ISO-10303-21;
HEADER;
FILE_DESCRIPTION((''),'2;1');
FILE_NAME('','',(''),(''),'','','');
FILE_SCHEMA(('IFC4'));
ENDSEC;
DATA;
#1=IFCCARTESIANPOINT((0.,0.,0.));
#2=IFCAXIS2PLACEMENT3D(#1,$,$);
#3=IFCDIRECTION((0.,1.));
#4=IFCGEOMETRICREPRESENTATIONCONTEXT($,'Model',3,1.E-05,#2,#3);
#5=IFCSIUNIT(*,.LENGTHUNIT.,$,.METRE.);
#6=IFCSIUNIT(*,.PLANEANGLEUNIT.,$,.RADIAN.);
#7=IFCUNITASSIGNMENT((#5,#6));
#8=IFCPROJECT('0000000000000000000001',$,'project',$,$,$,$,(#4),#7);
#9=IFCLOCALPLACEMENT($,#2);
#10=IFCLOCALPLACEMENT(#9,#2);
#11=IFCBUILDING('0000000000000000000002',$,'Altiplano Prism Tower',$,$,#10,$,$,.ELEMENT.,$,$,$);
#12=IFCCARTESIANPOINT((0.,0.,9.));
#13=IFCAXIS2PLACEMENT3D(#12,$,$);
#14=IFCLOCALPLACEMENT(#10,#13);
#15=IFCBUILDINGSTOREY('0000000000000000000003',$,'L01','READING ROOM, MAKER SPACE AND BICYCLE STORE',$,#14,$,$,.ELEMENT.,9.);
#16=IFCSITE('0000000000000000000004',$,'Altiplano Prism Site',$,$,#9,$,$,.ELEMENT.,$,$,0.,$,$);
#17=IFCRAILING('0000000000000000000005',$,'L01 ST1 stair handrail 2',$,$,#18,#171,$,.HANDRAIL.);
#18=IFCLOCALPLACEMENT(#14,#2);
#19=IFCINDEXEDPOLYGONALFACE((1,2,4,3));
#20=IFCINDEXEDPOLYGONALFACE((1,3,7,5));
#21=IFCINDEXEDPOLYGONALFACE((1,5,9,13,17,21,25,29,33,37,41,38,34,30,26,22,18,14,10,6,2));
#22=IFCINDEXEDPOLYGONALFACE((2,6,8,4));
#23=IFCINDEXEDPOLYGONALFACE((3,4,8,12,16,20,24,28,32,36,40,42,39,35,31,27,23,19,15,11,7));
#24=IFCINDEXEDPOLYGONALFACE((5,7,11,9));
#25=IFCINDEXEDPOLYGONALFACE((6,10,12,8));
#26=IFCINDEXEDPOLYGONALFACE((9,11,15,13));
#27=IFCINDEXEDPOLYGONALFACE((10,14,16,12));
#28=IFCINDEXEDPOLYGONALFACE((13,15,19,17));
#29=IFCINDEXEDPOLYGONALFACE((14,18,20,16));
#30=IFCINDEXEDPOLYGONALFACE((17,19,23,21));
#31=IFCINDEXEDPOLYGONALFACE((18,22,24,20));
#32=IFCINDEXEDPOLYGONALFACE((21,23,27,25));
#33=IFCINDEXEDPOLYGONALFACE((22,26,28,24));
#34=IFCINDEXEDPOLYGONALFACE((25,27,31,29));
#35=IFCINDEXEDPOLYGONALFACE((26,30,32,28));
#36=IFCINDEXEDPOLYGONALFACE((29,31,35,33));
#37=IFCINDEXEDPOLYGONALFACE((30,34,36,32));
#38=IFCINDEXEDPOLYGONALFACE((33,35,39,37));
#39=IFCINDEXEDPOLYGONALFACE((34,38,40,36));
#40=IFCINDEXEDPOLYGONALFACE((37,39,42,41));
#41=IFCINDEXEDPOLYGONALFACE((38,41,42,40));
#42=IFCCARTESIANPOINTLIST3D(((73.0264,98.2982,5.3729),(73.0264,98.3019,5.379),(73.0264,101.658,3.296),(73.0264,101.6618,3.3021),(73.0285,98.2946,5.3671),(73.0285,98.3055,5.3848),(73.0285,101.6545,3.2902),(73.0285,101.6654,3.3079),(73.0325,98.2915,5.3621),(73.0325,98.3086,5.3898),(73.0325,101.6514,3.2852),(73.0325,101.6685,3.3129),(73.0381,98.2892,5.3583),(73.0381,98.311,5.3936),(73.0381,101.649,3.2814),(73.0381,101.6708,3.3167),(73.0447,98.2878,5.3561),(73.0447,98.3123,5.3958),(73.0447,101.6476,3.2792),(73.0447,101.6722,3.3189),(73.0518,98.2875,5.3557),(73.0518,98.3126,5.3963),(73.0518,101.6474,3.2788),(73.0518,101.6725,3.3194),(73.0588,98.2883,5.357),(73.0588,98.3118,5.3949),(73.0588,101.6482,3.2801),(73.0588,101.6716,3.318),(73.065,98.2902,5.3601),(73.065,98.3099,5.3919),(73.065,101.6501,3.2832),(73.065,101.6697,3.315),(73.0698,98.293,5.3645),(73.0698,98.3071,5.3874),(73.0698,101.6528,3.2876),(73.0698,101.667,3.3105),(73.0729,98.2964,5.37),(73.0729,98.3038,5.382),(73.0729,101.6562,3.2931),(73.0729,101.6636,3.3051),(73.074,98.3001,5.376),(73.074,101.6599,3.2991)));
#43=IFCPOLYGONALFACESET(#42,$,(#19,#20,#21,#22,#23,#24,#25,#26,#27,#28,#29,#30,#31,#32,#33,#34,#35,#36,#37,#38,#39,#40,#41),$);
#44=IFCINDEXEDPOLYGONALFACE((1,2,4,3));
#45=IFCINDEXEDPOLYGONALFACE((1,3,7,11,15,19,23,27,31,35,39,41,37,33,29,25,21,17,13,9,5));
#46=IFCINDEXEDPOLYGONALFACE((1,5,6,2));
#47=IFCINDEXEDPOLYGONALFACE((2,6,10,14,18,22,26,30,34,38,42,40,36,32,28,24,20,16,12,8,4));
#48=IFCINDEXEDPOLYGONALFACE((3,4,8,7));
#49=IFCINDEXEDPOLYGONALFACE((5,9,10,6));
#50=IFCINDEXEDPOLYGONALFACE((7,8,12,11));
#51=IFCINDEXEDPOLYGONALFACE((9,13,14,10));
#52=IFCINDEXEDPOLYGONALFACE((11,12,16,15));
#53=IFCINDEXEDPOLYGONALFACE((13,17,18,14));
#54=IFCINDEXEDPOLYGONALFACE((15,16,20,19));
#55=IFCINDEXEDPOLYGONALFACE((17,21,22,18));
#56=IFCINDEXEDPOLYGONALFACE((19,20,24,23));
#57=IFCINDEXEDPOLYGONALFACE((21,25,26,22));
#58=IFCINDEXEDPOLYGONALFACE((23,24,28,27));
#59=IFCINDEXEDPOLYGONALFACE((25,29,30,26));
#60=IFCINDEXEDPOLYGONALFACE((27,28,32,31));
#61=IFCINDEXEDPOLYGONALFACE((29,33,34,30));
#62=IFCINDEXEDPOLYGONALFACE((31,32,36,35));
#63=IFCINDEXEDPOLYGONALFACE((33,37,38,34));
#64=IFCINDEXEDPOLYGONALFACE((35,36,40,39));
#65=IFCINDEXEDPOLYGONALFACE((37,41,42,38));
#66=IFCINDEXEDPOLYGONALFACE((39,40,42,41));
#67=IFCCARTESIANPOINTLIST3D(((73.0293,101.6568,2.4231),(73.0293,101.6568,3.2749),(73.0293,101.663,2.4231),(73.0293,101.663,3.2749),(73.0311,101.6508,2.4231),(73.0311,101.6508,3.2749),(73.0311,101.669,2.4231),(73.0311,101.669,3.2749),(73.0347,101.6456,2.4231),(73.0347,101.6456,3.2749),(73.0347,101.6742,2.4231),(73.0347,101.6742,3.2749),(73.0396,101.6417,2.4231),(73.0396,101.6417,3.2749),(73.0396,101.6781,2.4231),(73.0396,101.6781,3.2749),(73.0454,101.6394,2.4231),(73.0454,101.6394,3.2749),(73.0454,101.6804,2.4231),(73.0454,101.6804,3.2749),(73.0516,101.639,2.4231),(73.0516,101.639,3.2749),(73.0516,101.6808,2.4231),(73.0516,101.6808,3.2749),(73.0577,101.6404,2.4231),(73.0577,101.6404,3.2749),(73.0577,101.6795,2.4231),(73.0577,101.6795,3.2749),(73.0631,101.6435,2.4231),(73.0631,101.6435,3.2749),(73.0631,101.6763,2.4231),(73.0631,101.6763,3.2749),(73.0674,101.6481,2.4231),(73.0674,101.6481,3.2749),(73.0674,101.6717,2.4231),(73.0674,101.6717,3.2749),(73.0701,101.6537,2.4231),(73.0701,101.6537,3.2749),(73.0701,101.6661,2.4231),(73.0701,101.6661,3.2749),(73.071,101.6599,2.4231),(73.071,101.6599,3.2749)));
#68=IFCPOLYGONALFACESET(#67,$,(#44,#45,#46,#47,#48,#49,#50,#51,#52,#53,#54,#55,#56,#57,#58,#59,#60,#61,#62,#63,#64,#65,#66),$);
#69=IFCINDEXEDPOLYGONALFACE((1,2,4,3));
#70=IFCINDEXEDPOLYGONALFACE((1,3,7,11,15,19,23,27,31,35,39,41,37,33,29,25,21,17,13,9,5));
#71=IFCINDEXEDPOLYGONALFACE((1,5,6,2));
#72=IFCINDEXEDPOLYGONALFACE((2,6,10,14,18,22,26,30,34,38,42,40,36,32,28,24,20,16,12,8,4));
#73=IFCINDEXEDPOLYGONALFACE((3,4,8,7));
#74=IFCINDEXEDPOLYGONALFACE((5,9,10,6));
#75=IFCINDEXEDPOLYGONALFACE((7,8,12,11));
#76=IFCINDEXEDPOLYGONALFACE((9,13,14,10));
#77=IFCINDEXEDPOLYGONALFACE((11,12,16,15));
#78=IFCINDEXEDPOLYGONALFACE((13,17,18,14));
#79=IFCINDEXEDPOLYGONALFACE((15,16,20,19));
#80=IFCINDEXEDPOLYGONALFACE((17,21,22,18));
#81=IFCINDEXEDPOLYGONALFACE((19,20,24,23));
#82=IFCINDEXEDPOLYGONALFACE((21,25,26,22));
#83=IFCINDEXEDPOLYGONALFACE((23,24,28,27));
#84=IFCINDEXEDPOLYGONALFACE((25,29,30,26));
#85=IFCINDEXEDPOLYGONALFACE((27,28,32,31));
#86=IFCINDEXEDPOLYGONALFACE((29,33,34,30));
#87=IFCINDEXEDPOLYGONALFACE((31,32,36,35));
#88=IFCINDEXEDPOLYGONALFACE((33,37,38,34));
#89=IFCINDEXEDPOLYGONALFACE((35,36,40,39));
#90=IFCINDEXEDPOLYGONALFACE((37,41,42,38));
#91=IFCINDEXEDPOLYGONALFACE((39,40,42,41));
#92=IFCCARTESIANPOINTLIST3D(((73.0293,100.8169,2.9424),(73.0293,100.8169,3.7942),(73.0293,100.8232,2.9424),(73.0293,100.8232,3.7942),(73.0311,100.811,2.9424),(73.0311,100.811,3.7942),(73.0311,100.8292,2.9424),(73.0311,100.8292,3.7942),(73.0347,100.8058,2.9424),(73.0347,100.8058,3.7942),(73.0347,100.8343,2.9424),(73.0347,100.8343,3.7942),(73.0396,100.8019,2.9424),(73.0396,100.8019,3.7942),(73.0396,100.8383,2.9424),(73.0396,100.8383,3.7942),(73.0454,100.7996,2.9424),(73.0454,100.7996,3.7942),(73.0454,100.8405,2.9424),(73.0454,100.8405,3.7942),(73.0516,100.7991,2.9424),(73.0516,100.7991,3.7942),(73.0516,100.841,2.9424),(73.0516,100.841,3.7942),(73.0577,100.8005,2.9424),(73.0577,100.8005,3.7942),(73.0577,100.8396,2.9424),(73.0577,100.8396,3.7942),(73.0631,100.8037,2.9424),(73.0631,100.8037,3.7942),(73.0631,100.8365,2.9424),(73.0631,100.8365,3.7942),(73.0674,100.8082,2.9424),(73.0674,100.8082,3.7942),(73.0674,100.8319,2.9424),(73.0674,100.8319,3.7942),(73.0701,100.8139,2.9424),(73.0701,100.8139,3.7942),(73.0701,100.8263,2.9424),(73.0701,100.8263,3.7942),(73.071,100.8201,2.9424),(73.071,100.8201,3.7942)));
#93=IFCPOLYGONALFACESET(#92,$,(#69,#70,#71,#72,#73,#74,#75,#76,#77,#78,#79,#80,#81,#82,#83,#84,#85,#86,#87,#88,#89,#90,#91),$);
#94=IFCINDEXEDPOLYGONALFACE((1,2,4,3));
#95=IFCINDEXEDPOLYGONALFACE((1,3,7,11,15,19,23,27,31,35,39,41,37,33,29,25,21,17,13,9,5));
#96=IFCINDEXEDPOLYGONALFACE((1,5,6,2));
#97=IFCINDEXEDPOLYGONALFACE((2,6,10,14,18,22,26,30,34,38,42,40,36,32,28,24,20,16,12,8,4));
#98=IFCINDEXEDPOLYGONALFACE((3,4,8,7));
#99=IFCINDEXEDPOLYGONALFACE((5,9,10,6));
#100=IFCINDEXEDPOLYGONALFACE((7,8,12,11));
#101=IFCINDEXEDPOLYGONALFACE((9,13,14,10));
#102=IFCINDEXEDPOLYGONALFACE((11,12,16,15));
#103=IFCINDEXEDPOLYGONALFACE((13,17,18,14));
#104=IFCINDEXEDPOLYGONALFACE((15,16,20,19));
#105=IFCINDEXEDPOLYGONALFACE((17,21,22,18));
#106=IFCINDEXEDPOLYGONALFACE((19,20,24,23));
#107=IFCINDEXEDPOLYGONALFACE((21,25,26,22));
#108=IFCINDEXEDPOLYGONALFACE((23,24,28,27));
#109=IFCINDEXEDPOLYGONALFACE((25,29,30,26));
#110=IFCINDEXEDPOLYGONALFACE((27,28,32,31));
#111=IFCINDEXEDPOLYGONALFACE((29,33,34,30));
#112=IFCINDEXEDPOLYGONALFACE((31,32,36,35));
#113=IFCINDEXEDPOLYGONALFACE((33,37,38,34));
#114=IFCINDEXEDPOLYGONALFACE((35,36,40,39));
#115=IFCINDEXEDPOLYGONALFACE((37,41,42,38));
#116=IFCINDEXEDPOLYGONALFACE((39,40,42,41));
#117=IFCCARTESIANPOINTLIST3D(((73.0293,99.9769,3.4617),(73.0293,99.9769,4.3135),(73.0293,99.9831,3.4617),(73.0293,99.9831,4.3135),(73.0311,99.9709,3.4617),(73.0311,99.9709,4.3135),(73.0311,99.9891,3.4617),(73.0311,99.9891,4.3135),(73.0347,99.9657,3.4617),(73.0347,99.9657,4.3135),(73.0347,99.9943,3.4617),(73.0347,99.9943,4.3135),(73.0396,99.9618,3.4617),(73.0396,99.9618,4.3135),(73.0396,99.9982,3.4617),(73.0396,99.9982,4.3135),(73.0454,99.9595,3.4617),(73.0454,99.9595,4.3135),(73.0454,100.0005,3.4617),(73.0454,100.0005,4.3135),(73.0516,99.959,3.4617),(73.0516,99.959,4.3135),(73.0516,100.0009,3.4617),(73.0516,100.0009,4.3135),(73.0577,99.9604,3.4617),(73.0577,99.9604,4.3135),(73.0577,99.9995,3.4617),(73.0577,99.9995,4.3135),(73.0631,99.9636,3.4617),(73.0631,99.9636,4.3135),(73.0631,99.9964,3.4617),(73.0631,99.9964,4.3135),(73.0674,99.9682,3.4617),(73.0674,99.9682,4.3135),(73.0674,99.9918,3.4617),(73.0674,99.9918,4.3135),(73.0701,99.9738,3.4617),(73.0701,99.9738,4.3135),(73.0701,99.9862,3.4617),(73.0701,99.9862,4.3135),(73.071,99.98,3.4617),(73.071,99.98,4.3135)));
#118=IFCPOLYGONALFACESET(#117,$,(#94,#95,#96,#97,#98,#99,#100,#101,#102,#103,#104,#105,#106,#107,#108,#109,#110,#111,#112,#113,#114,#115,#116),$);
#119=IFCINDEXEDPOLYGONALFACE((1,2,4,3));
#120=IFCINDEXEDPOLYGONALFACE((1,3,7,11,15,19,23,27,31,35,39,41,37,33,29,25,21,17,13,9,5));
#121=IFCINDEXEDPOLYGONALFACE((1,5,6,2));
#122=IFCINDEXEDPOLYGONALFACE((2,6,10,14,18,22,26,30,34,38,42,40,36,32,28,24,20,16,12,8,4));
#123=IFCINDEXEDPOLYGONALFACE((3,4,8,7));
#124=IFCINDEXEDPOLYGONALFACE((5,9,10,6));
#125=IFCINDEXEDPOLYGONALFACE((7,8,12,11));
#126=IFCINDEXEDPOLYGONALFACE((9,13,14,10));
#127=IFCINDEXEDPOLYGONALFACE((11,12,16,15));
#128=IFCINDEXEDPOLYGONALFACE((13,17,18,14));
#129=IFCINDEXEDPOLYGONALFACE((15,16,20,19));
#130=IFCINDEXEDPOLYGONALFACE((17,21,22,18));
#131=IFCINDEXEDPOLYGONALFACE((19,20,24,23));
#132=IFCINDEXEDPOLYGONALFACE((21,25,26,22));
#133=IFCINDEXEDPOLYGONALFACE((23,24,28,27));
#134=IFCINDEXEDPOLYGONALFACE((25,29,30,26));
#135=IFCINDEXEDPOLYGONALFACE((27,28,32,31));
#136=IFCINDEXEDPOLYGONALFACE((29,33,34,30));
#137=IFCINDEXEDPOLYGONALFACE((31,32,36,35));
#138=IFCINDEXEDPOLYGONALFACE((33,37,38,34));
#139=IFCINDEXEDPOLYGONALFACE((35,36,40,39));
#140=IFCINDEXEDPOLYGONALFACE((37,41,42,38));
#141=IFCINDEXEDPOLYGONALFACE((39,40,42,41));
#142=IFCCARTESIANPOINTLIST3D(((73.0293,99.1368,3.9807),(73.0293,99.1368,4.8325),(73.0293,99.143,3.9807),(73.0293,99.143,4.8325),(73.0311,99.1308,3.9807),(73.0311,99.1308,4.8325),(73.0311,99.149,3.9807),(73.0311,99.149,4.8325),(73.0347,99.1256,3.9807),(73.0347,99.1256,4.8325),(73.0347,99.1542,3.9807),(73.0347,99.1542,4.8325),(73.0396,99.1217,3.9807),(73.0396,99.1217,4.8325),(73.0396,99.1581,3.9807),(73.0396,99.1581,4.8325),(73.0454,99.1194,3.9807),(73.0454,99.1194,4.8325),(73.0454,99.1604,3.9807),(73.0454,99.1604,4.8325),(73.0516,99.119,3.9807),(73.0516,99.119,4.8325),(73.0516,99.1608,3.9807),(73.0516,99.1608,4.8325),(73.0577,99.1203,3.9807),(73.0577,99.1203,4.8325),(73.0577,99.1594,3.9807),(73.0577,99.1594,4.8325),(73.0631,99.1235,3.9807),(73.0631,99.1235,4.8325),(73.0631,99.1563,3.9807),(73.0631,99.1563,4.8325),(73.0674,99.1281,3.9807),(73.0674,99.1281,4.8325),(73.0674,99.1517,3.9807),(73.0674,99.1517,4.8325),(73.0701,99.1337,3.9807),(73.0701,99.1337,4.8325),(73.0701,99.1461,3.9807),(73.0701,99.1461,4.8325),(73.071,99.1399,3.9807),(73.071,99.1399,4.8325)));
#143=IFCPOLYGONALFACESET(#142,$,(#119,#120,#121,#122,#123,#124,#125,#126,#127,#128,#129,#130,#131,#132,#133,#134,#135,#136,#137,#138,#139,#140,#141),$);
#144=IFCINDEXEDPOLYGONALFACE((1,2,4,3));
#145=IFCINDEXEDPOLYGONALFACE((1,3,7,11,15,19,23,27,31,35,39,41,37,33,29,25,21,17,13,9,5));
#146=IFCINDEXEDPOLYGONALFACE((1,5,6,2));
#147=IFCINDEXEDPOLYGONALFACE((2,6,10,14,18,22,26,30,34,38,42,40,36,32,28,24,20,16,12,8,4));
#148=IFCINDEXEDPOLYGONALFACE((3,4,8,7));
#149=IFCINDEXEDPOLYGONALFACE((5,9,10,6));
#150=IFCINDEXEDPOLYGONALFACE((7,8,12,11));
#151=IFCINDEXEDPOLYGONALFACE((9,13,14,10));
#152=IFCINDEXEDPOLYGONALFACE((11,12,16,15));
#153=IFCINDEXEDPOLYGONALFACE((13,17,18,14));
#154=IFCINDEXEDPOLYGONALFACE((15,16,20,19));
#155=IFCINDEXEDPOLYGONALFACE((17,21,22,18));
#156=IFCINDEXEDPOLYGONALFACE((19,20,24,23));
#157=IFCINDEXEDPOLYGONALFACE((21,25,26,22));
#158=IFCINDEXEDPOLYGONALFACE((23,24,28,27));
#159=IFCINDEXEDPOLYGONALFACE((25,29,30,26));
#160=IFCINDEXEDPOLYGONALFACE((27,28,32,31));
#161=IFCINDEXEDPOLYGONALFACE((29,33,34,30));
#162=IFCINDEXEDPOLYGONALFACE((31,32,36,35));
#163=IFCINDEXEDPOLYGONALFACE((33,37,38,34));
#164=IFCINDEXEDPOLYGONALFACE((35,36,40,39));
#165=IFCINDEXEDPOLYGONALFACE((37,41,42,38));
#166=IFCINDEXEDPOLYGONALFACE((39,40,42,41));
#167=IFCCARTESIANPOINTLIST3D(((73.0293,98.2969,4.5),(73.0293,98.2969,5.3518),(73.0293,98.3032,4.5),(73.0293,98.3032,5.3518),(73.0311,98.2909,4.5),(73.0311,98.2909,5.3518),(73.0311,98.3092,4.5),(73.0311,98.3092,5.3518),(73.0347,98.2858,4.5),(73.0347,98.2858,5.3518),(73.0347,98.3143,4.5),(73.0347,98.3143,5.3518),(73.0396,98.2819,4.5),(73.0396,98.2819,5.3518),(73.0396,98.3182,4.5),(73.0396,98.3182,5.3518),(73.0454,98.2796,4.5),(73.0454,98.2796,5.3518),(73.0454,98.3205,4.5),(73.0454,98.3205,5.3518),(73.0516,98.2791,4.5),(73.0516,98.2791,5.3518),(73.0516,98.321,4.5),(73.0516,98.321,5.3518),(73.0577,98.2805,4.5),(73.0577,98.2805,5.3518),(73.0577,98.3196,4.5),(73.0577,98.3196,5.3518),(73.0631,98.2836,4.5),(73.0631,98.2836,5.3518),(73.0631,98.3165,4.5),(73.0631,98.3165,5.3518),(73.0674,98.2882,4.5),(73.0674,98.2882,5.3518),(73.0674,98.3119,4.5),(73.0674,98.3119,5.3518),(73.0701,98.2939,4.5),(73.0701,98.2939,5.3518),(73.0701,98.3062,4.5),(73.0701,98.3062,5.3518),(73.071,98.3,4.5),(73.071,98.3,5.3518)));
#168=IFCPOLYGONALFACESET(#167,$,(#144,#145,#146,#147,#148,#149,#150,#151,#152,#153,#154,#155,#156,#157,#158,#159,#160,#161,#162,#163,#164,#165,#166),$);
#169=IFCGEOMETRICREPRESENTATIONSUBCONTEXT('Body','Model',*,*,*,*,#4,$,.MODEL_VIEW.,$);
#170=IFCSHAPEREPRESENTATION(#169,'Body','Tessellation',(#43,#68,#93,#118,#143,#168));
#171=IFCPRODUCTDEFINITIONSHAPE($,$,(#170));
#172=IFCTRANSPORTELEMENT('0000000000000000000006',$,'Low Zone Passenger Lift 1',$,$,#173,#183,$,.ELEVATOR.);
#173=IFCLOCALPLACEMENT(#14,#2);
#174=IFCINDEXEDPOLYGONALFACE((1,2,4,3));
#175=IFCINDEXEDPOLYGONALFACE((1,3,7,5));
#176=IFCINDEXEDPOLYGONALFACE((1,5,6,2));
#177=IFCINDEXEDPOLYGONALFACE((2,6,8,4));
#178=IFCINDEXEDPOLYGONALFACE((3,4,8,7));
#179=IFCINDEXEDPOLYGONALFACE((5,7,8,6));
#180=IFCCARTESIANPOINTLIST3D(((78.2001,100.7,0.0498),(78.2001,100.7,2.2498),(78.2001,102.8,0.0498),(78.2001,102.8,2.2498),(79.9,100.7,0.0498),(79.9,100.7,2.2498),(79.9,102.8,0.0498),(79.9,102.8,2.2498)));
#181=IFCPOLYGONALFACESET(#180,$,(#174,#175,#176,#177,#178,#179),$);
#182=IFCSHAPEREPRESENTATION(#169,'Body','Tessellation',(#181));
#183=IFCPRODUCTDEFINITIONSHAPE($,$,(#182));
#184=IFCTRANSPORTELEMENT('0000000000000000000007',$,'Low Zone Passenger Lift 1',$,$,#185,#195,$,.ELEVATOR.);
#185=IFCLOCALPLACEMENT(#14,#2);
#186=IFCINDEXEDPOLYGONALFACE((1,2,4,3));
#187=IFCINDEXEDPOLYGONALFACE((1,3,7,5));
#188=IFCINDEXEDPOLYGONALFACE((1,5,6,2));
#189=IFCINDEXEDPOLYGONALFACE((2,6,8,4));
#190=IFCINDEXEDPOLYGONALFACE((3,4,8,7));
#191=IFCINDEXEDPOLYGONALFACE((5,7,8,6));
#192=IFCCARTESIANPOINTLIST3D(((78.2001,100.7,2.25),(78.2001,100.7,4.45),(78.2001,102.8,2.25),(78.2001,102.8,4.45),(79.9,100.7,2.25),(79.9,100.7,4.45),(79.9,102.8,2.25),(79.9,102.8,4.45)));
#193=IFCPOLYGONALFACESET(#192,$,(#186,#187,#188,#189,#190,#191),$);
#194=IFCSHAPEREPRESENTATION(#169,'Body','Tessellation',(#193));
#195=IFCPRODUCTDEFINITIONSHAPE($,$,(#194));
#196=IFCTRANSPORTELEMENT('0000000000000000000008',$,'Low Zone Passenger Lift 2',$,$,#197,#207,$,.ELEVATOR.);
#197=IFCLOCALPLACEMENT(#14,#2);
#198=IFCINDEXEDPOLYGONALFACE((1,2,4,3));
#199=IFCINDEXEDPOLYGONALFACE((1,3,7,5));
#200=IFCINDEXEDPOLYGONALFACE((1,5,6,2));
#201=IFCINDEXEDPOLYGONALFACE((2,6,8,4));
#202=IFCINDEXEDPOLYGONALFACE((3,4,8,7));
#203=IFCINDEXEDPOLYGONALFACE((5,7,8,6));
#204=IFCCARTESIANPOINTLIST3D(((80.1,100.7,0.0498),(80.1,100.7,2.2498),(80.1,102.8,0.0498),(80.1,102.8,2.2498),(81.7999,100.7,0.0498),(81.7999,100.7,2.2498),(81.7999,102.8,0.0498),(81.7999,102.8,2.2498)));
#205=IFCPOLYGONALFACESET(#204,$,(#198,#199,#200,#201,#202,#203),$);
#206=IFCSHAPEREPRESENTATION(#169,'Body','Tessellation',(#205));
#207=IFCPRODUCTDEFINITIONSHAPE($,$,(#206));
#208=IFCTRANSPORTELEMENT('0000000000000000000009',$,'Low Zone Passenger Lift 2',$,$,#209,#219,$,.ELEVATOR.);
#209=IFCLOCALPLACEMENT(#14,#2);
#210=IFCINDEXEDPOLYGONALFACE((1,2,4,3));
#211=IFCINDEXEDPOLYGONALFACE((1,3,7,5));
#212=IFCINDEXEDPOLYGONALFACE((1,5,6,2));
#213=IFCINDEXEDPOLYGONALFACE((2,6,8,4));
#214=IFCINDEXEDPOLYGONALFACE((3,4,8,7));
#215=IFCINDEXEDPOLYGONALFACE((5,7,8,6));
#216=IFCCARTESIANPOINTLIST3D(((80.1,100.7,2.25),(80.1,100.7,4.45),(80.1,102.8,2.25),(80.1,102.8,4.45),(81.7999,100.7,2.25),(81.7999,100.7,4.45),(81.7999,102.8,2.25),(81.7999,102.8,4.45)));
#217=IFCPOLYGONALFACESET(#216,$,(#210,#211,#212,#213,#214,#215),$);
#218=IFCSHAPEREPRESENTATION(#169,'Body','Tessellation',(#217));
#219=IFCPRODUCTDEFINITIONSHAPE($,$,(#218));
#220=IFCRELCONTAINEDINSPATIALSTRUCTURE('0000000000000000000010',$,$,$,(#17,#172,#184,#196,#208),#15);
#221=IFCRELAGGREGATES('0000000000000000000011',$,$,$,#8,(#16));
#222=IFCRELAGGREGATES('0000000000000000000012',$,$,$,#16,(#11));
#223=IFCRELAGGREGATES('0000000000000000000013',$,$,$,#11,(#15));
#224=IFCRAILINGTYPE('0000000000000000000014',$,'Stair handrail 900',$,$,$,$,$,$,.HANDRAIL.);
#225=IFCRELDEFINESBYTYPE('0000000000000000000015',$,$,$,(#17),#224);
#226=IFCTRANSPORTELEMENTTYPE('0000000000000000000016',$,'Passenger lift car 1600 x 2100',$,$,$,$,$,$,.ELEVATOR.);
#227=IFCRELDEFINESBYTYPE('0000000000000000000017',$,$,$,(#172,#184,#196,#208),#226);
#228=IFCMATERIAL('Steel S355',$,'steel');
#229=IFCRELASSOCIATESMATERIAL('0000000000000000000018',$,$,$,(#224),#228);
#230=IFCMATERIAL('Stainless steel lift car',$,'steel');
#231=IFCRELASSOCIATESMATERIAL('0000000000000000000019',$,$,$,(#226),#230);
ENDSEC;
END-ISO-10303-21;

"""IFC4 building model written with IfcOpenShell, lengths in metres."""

from ifc_helpers import new_model, si_unit, direction, frame, origin, origin_2d, place, context, subcontext, project, spatial, rectangle, circle, extrude, material, type_object, element, save


model = new_model("IFC4")

# Units and contexts
model_context = context("Model", 3, precision=1e-05, world=origin(), true_north=direction((0.0, 1.0)))
body_context = subcontext(model_context, "Body", "Model", "MODEL_VIEW")
ifc_project = project(units=[si_unit("LENGTHUNIT", "METRE"), si_unit("PLANEANGLEUNIT", "RADIAN")], contexts=[model_context])

# Site, building, storey
site_placement = place(None, origin())
site = spatial("IfcSite", under=ifc_project, at=site_placement, Name="Altiplano Prism Site", CompositionType="ELEMENT", RefElevation=0.0)
building_placement = place(site_placement, origin())
building = spatial("IfcBuilding", under=site, at=building_placement, Name="Altiplano Prism Tower", CompositionType="ELEMENT")
storey_placement = place(building_placement, frame((0.0, 0.0, 9.0)))
storey = spatial("IfcBuildingStorey", under=building, at=storey_placement, Name="L01", Description="READING ROOM, MAKER SPACE AND BICYCLE STORE", CompositionType="ELEMENT", Elevation=9.0)

# Railing
ifc_material_1 = material(Name="Steel S355", Category="steel")
railing_type = type_object("IfcRailingType", Name="Stair handrail 900", PredefinedType="HANDRAIL", material=ifc_material_1)
railing_placement = place(storey_placement, frame((73.05, 101.6599, 2.4231)))
element("IfcRailing", 1, at=railing_placement, inside=storey, type_object=railing_type, Name="L01 ST1 stair handrail 2", PredefinedType="HANDRAIL", context=body_context, shape_type="SweptSolid", body=[
    extrude(circle(Radius=0.0239, at=origin_2d()), frame((0.0, 0.0, 0.876), z_axis=(0.0, -0.850606, 0.525803), x_axis=(1.0, 0.0, 0.0)), (0.0, 0.0, 1.0), 3.95),
    extrude(circle(Radius=0.021, at=origin_2d()), origin(), (0.0, 0.0, 1.0), 0.8518),
    extrude(circle(Radius=0.021, at=origin_2d()), frame((0.0, -0.8398, 0.5193)), (0.0, 0.0, 1.0), 0.8518),
    extrude(circle(Radius=0.021, at=origin_2d()), frame((0.0, -1.6799, 1.0386)), (0.0, 0.0, 1.0), 0.8518),
    extrude(circle(Radius=0.021, at=origin_2d()), frame((0.0, -2.52, 1.5576)), (0.0, 0.0, 1.0), 0.8518),
    extrude(circle(Radius=0.021, at=origin_2d()), frame((0.0, -3.3599, 2.0769)), (0.0, 0.0, 1.0), 0.8518),
])

# Transport elements
ifc_material_2 = material(Name="Stainless steel lift car", Category="steel")
transport_element_type = type_object("IfcTransportElementType", Name="Passenger lift car 1600 x 2100", PredefinedType="ELEVATOR", material=ifc_material_2)
for number, where, z_axis, x_axis, name in (
    (2, (79.05, 101.75, 0.0498), (0.0, 0.0, 1.0), (1.0, 0.0, 0.0), "Low Zone Passenger Lift 1"),
    (3, (79.05, 101.75, 2.25), (0.0, 0.0, 1.0), (1.0, 0.0, 0.0), "Low Zone Passenger Lift 1"),
    (4, (80.95, 101.75, 0.0498), (0.0, 0.0, 1.0), (1.0, 0.0, 0.0), "Low Zone Passenger Lift 2"),
    (5, (80.95, 101.75, 2.25), (0.0, 0.0, 1.0), (1.0, 0.0, 0.0), "Low Zone Passenger Lift 2"),
):
    element("IfcTransportElement", number, at=place(storey_placement, frame(where, z_axis=z_axis, x_axis=x_axis)), inside=storey, type_object=transport_element_type, Name=name, PredefinedType="ELEVATOR", context=body_context, shape_type="SweptSolid", body=[
        extrude(rectangle(XDim=1.7, YDim=2.1001, at=origin_2d()), origin(), (0.0, 0.0, 1.0), 2.2),
    ])

save(model, "model.ifc")
